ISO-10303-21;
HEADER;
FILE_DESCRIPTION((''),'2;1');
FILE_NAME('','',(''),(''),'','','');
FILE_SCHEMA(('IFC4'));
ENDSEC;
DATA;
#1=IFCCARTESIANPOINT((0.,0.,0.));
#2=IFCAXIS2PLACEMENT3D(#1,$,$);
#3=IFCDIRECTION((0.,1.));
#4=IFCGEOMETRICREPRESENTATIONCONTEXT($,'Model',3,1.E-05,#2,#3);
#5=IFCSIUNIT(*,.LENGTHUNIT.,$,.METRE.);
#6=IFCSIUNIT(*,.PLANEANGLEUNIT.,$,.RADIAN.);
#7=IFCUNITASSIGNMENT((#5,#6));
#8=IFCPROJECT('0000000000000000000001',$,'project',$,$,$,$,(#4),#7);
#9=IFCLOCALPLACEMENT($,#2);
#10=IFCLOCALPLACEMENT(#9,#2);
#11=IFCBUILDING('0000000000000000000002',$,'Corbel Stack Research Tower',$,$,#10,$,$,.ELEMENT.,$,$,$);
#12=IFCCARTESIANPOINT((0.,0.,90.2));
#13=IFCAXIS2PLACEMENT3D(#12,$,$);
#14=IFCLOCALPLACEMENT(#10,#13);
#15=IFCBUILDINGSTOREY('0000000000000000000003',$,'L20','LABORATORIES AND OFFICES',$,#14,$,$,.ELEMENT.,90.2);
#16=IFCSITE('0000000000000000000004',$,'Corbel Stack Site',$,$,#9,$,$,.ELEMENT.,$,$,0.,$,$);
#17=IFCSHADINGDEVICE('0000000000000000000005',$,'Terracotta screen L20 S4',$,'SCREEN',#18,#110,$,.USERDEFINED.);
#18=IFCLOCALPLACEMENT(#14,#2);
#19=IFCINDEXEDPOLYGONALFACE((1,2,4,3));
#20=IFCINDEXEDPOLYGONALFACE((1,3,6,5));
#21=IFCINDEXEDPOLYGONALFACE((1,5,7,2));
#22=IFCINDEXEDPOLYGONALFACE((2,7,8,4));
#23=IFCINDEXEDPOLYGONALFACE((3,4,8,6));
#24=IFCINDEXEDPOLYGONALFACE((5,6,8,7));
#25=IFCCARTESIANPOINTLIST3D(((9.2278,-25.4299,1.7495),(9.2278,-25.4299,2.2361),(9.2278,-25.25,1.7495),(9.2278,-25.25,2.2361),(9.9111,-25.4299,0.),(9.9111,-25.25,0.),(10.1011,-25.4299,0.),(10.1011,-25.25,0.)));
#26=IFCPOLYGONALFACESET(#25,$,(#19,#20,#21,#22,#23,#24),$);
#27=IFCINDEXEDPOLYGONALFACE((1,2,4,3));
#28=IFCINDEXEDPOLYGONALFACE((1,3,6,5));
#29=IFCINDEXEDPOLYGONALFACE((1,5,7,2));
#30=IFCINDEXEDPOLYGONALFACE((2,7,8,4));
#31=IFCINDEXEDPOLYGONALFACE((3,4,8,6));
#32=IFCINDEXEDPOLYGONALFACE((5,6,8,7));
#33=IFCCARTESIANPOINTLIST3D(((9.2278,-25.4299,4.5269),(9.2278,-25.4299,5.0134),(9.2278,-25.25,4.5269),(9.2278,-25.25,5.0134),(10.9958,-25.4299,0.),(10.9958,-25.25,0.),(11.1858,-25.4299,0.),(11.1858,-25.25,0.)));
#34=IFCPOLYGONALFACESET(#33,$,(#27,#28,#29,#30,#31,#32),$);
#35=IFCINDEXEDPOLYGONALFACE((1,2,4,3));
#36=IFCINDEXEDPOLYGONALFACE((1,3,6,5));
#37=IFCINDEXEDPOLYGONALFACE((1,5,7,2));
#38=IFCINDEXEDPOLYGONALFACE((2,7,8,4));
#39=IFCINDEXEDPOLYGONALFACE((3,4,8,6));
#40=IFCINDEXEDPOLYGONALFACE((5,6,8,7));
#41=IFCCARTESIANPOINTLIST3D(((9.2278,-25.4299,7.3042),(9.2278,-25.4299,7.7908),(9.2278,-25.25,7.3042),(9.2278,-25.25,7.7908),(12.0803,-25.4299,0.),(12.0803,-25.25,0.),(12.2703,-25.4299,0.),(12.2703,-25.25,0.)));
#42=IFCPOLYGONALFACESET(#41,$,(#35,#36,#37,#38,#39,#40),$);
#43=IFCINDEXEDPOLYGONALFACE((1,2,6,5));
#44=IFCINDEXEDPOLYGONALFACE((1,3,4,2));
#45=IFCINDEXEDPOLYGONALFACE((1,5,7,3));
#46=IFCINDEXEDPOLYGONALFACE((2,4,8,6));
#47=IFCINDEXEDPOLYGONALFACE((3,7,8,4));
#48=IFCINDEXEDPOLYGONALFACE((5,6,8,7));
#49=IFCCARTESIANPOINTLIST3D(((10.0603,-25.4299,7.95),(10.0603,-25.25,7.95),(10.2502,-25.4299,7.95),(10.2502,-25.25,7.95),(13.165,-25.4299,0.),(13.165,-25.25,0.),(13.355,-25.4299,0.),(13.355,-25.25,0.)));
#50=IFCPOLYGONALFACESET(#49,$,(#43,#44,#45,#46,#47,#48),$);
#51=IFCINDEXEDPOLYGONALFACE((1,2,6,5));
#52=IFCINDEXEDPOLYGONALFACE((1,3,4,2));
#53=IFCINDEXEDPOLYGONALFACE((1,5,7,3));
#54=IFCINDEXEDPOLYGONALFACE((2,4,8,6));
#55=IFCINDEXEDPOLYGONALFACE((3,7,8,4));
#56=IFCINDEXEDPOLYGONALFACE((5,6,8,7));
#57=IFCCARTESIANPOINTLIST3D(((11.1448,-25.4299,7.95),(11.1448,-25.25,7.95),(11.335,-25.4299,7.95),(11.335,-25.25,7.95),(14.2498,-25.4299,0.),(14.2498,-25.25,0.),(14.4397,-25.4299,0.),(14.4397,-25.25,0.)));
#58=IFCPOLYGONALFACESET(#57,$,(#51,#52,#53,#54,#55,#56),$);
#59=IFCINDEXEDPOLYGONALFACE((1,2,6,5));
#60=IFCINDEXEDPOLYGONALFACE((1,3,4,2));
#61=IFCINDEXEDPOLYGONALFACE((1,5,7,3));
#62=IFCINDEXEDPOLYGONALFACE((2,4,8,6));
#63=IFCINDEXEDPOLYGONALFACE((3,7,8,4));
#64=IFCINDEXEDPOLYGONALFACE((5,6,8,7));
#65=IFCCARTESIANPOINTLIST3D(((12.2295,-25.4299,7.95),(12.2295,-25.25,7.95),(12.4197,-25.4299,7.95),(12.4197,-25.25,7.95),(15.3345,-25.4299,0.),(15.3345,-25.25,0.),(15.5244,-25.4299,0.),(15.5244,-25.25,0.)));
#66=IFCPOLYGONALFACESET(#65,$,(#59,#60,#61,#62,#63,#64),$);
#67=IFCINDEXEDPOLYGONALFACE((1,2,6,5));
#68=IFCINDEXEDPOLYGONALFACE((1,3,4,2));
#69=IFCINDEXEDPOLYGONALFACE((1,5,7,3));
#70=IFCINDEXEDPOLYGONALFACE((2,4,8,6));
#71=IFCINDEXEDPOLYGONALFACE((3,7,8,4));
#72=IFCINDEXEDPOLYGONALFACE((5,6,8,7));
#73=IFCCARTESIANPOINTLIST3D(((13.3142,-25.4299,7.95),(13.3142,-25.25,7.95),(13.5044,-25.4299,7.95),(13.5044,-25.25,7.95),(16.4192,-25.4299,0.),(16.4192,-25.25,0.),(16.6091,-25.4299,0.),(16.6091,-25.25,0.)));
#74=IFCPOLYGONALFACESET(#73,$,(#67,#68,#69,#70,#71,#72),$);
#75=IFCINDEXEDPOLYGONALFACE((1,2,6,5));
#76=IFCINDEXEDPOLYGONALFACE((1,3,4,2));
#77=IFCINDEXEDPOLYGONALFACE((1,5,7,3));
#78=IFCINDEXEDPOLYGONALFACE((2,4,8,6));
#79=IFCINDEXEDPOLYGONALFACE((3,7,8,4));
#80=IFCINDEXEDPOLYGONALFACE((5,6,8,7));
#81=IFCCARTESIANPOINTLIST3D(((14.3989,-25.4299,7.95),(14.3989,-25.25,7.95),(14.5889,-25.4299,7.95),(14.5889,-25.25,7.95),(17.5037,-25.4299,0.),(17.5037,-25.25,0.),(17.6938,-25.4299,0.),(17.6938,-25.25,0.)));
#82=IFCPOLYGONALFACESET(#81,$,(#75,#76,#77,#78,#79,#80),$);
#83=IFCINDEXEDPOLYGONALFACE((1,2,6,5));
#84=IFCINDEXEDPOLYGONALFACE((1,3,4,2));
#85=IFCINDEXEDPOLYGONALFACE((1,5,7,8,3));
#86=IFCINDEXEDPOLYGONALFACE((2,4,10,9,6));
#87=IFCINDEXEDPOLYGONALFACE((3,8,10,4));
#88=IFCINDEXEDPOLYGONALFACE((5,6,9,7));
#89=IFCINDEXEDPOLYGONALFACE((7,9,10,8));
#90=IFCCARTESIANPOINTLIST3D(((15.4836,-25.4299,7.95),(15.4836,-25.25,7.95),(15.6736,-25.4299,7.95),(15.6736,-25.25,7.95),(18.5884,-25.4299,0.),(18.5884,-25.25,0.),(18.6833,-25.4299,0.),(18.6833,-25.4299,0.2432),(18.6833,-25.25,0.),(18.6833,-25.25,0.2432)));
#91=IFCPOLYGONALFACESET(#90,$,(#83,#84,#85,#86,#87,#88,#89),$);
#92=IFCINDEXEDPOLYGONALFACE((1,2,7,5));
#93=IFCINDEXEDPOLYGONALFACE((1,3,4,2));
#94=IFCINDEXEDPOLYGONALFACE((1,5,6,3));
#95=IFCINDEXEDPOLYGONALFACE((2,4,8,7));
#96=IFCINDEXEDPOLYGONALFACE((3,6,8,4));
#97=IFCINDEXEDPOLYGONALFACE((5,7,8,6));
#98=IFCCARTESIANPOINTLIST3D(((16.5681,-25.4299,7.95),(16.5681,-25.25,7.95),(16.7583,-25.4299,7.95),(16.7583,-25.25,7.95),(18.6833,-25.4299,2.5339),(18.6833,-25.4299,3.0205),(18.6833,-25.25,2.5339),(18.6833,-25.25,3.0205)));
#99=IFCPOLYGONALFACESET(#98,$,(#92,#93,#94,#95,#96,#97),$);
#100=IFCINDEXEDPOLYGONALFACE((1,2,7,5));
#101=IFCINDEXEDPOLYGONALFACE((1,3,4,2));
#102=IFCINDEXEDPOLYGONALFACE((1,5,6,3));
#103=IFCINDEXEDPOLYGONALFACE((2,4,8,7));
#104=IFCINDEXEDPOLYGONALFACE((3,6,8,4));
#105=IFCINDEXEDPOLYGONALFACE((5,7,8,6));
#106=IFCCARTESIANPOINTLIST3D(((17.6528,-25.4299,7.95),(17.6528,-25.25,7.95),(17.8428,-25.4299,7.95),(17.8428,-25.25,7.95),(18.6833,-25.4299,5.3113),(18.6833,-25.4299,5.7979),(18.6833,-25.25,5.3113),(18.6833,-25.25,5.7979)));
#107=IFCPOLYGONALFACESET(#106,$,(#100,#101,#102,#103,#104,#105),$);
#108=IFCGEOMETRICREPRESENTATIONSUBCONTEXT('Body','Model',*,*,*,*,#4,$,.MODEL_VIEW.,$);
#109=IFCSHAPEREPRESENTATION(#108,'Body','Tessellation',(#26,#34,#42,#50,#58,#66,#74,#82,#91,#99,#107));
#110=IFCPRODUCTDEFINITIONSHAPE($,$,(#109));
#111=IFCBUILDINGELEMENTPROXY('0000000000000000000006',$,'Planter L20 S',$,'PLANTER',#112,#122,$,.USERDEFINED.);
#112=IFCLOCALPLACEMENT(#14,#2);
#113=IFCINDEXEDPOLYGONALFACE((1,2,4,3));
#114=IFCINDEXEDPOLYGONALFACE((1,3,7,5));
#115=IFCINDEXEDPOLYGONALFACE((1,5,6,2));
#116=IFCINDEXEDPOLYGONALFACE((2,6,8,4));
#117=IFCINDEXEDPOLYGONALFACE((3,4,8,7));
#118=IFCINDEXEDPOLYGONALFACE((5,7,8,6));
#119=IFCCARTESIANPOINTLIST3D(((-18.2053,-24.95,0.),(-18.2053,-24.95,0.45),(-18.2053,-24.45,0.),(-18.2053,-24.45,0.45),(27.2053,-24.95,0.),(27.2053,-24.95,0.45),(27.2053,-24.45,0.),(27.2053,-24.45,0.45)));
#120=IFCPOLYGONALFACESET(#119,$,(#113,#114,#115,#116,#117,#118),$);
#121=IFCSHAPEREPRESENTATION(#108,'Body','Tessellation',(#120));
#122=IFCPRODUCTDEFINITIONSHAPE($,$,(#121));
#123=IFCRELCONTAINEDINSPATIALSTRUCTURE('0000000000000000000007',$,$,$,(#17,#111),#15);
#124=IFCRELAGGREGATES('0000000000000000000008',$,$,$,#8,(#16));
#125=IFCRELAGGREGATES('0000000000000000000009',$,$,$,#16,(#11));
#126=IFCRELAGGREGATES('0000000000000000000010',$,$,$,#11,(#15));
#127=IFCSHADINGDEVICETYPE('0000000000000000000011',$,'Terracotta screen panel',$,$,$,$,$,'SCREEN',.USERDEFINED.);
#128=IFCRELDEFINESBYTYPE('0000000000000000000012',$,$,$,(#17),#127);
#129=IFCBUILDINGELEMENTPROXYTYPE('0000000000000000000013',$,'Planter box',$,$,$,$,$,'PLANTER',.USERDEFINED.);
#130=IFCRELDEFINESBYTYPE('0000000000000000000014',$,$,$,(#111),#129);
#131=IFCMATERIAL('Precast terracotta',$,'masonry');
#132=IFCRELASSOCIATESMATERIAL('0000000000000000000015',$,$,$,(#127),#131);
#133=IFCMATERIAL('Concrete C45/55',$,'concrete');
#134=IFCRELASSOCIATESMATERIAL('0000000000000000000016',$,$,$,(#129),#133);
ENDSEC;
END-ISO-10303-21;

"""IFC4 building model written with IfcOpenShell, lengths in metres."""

from ifc_helpers import new_model, si_unit, direction, frame, origin, origin_2d, place, context, subcontext, project, spatial, polyline, rectangle, outline, extrude, source, transform, mapped, material, type_object, element, save


model = new_model("IFC4")

# Units and contexts
model_context = context("Model", 3, precision=1e-05, world=origin(), true_north=direction((0.0, 1.0)))
body_context = subcontext(model_context, "Body", "Model", "MODEL_VIEW")
ifc_project = project(units=[si_unit("LENGTHUNIT", "METRE"), si_unit("PLANEANGLEUNIT", "RADIAN")], contexts=[model_context])

# Site, building, storey
site_placement = place(None, origin())
site = spatial("IfcSite", under=ifc_project, at=site_placement, Name="Corbel Stack Site", CompositionType="ELEMENT", RefElevation=0.0)
building_placement = place(site_placement, origin())
building = spatial("IfcBuilding", under=site, at=building_placement, Name="Corbel Stack Research Tower", CompositionType="ELEMENT")
storey_placement = place(building_placement, frame((0.0, 0.0, 90.2)))
storey = spatial("IfcBuildingStorey", under=building, at=storey_placement, Name="L20", Description="LABORATORIES AND OFFICES", CompositionType="ELEMENT", Elevation=90.2)

# Shading device
ifc_material_1 = material(Name="Precast terracotta", Category="masonry")
shading_device_type = type_object("IfcShadingDeviceType", Name="Terracotta screen panel", ElementType="SCREEN", PredefinedType="USERDEFINED", material=ifc_material_1)
shared_shape = source(origin(), body_context, "Body", "SweptSolid", [
    extrude(outline(polyline([(0.8733, 0.0), (0.0, 2.2361), (0.0, 1.7495), (0.6833, 0.0), (0.8733, 0.0)])), frame((0.0, 0.0, 0.0), z_axis=(0.0, -1.0, 0.0), x_axis=(1.0, 0.0, 0.0)), (0.0, 0.0, 1.0), 0.1799),
    extrude(outline(polyline([(1.958, 0.0), (0.0, 5.0134), (0.0, 4.5269), (1.7681, 0.0), (1.958, 0.0)])), frame((0.0, 0.0, 0.0), z_axis=(0.0, -1.0, 0.0), x_axis=(1.0, 0.0, 0.0)), (0.0, 0.0, 1.0), 0.1799),
    extrude(outline(polyline([(3.0425, 0.0), (0.0, 7.7908), (0.0, 7.3042), (2.8525, 0.0), (3.0425, 0.0)])), frame((0.0, 0.0, 0.0), z_axis=(0.0, -1.0, 0.0), x_axis=(1.0, 0.0, 0.0)), (0.0, 0.0, 1.0), 0.1799),
    extrude(outline(polyline([(4.1272, 0.0), (1.0225, 7.95), (0.8325, 7.95), (3.9373, 0.0), (4.1272, 0.0)])), frame((0.0, 0.0, 0.0), z_axis=(0.0, -1.0, 0.0), x_axis=(1.0, 0.0, 0.0)), (0.0, 0.0, 1.0), 0.1799),
    extrude(outline(polyline([(5.2119, 0.0), (2.1072, 7.95), (1.917, 7.95), (5.022, 0.0), (5.2119, 0.0)])), frame((0.0, 0.0, 0.0), z_axis=(0.0, -1.0, 0.0), x_axis=(1.0, 0.0, 0.0)), (0.0, 0.0, 1.0), 0.1799),
    extrude(outline(polyline([(6.2966, 0.0), (3.1919, 7.95), (3.0017, 7.95), (6.1067, 0.0), (6.2966, 0.0)])), frame((0.0, 0.0, 0.0), z_axis=(0.0, -1.0, 0.0), x_axis=(1.0, 0.0, 0.0)), (0.0, 0.0, 1.0), 0.1799),
    extrude(outline(polyline([(7.3813, 0.0), (4.2766, 7.95), (4.0864, 7.95), (7.1914, 0.0), (7.3813, 0.0)])), frame((0.0, 0.0, 0.0), z_axis=(0.0, -1.0, 0.0), x_axis=(1.0, 0.0, 0.0)), (0.0, 0.0, 1.0), 0.1799),
    extrude(outline(polyline([(8.4661, 0.0), (5.3611, 7.95), (5.1711, 7.95), (8.2759, 0.0), (8.4661, 0.0)])), frame((0.0, 0.0, 0.0), z_axis=(0.0, -1.0, 0.0), x_axis=(1.0, 0.0, 0.0)), (0.0, 0.0, 1.0), 0.1799),
    extrude(outline(polyline([(9.4556, 0.0), (9.4556, 0.2432), (6.4458, 7.95), (6.2559, 7.95), (9.3606, 0.0), (9.4556, 0.0)])), frame((0.0, 0.0, 0.0), z_axis=(0.0, -1.0, 0.0), x_axis=(1.0, 0.0, 0.0)), (0.0, 0.0, 1.0), 0.1799),
    extrude(outline(polyline([(7.5305, 7.95), (7.3403, 7.95), (9.4556, 2.5339), (9.4556, 3.0205), (7.5305, 7.95)])), frame((0.0, 0.0, 0.0), z_axis=(0.0, -1.0, 0.0), x_axis=(1.0, 0.0, 0.0)), (0.0, 0.0, 1.0), 0.1799),
    extrude(outline(polyline([(8.615, 7.95), (8.425, 7.95), (9.4556, 5.3113), (9.4556, 5.7979), (8.615, 7.95)])), frame((0.0, 0.0, 0.0), z_axis=(0.0, -1.0, 0.0), x_axis=(1.0, 0.0, 0.0)), (0.0, 0.0, 1.0), 0.1799),
])
shading_device_placement = place(storey_placement, frame((9.2278, -25.25, 0.0), z_axis=(0.0, 0.0, 1.0), x_axis=(1.0, 0.0, 0.0)))
element("IfcShadingDevice", 1, at=shading_device_placement, inside=storey, type_object=shading_device_type, Name="Terracotta screen L20 S4", ObjectType="SCREEN", PredefinedType="USERDEFINED", context=body_context, shape_type="MappedRepresentation", body=[
    mapped(shared_shape, transform((0.0, 0.0, 0.0))),
])

# Building element proxy
ifc_material_2 = material(Name="Concrete C45/55", Category="concrete")
building_element_proxy_type = type_object("IfcBuildingElementProxyType", Name="Planter box", ElementType="PLANTER", PredefinedType="USERDEFINED", material=ifc_material_2)
proxy_placement = place(storey_placement, frame((4.5, -24.7, 0.0), z_axis=(0.0, 0.0, 1.0), x_axis=(1.0, 0.0, 0.0)))
element("IfcBuildingElementProxy", 2, at=proxy_placement, inside=storey, type_object=building_element_proxy_type, Name="Planter L20 S", ObjectType="PLANTER", PredefinedType="USERDEFINED", context=body_context, shape_type="SweptSolid", body=[
    extrude(rectangle(XDim=45.4106, YDim=0.5, at=origin_2d()), origin(), (0.0, 0.0, 1.0), 0.45),
])

save(model, "model.ifc")
